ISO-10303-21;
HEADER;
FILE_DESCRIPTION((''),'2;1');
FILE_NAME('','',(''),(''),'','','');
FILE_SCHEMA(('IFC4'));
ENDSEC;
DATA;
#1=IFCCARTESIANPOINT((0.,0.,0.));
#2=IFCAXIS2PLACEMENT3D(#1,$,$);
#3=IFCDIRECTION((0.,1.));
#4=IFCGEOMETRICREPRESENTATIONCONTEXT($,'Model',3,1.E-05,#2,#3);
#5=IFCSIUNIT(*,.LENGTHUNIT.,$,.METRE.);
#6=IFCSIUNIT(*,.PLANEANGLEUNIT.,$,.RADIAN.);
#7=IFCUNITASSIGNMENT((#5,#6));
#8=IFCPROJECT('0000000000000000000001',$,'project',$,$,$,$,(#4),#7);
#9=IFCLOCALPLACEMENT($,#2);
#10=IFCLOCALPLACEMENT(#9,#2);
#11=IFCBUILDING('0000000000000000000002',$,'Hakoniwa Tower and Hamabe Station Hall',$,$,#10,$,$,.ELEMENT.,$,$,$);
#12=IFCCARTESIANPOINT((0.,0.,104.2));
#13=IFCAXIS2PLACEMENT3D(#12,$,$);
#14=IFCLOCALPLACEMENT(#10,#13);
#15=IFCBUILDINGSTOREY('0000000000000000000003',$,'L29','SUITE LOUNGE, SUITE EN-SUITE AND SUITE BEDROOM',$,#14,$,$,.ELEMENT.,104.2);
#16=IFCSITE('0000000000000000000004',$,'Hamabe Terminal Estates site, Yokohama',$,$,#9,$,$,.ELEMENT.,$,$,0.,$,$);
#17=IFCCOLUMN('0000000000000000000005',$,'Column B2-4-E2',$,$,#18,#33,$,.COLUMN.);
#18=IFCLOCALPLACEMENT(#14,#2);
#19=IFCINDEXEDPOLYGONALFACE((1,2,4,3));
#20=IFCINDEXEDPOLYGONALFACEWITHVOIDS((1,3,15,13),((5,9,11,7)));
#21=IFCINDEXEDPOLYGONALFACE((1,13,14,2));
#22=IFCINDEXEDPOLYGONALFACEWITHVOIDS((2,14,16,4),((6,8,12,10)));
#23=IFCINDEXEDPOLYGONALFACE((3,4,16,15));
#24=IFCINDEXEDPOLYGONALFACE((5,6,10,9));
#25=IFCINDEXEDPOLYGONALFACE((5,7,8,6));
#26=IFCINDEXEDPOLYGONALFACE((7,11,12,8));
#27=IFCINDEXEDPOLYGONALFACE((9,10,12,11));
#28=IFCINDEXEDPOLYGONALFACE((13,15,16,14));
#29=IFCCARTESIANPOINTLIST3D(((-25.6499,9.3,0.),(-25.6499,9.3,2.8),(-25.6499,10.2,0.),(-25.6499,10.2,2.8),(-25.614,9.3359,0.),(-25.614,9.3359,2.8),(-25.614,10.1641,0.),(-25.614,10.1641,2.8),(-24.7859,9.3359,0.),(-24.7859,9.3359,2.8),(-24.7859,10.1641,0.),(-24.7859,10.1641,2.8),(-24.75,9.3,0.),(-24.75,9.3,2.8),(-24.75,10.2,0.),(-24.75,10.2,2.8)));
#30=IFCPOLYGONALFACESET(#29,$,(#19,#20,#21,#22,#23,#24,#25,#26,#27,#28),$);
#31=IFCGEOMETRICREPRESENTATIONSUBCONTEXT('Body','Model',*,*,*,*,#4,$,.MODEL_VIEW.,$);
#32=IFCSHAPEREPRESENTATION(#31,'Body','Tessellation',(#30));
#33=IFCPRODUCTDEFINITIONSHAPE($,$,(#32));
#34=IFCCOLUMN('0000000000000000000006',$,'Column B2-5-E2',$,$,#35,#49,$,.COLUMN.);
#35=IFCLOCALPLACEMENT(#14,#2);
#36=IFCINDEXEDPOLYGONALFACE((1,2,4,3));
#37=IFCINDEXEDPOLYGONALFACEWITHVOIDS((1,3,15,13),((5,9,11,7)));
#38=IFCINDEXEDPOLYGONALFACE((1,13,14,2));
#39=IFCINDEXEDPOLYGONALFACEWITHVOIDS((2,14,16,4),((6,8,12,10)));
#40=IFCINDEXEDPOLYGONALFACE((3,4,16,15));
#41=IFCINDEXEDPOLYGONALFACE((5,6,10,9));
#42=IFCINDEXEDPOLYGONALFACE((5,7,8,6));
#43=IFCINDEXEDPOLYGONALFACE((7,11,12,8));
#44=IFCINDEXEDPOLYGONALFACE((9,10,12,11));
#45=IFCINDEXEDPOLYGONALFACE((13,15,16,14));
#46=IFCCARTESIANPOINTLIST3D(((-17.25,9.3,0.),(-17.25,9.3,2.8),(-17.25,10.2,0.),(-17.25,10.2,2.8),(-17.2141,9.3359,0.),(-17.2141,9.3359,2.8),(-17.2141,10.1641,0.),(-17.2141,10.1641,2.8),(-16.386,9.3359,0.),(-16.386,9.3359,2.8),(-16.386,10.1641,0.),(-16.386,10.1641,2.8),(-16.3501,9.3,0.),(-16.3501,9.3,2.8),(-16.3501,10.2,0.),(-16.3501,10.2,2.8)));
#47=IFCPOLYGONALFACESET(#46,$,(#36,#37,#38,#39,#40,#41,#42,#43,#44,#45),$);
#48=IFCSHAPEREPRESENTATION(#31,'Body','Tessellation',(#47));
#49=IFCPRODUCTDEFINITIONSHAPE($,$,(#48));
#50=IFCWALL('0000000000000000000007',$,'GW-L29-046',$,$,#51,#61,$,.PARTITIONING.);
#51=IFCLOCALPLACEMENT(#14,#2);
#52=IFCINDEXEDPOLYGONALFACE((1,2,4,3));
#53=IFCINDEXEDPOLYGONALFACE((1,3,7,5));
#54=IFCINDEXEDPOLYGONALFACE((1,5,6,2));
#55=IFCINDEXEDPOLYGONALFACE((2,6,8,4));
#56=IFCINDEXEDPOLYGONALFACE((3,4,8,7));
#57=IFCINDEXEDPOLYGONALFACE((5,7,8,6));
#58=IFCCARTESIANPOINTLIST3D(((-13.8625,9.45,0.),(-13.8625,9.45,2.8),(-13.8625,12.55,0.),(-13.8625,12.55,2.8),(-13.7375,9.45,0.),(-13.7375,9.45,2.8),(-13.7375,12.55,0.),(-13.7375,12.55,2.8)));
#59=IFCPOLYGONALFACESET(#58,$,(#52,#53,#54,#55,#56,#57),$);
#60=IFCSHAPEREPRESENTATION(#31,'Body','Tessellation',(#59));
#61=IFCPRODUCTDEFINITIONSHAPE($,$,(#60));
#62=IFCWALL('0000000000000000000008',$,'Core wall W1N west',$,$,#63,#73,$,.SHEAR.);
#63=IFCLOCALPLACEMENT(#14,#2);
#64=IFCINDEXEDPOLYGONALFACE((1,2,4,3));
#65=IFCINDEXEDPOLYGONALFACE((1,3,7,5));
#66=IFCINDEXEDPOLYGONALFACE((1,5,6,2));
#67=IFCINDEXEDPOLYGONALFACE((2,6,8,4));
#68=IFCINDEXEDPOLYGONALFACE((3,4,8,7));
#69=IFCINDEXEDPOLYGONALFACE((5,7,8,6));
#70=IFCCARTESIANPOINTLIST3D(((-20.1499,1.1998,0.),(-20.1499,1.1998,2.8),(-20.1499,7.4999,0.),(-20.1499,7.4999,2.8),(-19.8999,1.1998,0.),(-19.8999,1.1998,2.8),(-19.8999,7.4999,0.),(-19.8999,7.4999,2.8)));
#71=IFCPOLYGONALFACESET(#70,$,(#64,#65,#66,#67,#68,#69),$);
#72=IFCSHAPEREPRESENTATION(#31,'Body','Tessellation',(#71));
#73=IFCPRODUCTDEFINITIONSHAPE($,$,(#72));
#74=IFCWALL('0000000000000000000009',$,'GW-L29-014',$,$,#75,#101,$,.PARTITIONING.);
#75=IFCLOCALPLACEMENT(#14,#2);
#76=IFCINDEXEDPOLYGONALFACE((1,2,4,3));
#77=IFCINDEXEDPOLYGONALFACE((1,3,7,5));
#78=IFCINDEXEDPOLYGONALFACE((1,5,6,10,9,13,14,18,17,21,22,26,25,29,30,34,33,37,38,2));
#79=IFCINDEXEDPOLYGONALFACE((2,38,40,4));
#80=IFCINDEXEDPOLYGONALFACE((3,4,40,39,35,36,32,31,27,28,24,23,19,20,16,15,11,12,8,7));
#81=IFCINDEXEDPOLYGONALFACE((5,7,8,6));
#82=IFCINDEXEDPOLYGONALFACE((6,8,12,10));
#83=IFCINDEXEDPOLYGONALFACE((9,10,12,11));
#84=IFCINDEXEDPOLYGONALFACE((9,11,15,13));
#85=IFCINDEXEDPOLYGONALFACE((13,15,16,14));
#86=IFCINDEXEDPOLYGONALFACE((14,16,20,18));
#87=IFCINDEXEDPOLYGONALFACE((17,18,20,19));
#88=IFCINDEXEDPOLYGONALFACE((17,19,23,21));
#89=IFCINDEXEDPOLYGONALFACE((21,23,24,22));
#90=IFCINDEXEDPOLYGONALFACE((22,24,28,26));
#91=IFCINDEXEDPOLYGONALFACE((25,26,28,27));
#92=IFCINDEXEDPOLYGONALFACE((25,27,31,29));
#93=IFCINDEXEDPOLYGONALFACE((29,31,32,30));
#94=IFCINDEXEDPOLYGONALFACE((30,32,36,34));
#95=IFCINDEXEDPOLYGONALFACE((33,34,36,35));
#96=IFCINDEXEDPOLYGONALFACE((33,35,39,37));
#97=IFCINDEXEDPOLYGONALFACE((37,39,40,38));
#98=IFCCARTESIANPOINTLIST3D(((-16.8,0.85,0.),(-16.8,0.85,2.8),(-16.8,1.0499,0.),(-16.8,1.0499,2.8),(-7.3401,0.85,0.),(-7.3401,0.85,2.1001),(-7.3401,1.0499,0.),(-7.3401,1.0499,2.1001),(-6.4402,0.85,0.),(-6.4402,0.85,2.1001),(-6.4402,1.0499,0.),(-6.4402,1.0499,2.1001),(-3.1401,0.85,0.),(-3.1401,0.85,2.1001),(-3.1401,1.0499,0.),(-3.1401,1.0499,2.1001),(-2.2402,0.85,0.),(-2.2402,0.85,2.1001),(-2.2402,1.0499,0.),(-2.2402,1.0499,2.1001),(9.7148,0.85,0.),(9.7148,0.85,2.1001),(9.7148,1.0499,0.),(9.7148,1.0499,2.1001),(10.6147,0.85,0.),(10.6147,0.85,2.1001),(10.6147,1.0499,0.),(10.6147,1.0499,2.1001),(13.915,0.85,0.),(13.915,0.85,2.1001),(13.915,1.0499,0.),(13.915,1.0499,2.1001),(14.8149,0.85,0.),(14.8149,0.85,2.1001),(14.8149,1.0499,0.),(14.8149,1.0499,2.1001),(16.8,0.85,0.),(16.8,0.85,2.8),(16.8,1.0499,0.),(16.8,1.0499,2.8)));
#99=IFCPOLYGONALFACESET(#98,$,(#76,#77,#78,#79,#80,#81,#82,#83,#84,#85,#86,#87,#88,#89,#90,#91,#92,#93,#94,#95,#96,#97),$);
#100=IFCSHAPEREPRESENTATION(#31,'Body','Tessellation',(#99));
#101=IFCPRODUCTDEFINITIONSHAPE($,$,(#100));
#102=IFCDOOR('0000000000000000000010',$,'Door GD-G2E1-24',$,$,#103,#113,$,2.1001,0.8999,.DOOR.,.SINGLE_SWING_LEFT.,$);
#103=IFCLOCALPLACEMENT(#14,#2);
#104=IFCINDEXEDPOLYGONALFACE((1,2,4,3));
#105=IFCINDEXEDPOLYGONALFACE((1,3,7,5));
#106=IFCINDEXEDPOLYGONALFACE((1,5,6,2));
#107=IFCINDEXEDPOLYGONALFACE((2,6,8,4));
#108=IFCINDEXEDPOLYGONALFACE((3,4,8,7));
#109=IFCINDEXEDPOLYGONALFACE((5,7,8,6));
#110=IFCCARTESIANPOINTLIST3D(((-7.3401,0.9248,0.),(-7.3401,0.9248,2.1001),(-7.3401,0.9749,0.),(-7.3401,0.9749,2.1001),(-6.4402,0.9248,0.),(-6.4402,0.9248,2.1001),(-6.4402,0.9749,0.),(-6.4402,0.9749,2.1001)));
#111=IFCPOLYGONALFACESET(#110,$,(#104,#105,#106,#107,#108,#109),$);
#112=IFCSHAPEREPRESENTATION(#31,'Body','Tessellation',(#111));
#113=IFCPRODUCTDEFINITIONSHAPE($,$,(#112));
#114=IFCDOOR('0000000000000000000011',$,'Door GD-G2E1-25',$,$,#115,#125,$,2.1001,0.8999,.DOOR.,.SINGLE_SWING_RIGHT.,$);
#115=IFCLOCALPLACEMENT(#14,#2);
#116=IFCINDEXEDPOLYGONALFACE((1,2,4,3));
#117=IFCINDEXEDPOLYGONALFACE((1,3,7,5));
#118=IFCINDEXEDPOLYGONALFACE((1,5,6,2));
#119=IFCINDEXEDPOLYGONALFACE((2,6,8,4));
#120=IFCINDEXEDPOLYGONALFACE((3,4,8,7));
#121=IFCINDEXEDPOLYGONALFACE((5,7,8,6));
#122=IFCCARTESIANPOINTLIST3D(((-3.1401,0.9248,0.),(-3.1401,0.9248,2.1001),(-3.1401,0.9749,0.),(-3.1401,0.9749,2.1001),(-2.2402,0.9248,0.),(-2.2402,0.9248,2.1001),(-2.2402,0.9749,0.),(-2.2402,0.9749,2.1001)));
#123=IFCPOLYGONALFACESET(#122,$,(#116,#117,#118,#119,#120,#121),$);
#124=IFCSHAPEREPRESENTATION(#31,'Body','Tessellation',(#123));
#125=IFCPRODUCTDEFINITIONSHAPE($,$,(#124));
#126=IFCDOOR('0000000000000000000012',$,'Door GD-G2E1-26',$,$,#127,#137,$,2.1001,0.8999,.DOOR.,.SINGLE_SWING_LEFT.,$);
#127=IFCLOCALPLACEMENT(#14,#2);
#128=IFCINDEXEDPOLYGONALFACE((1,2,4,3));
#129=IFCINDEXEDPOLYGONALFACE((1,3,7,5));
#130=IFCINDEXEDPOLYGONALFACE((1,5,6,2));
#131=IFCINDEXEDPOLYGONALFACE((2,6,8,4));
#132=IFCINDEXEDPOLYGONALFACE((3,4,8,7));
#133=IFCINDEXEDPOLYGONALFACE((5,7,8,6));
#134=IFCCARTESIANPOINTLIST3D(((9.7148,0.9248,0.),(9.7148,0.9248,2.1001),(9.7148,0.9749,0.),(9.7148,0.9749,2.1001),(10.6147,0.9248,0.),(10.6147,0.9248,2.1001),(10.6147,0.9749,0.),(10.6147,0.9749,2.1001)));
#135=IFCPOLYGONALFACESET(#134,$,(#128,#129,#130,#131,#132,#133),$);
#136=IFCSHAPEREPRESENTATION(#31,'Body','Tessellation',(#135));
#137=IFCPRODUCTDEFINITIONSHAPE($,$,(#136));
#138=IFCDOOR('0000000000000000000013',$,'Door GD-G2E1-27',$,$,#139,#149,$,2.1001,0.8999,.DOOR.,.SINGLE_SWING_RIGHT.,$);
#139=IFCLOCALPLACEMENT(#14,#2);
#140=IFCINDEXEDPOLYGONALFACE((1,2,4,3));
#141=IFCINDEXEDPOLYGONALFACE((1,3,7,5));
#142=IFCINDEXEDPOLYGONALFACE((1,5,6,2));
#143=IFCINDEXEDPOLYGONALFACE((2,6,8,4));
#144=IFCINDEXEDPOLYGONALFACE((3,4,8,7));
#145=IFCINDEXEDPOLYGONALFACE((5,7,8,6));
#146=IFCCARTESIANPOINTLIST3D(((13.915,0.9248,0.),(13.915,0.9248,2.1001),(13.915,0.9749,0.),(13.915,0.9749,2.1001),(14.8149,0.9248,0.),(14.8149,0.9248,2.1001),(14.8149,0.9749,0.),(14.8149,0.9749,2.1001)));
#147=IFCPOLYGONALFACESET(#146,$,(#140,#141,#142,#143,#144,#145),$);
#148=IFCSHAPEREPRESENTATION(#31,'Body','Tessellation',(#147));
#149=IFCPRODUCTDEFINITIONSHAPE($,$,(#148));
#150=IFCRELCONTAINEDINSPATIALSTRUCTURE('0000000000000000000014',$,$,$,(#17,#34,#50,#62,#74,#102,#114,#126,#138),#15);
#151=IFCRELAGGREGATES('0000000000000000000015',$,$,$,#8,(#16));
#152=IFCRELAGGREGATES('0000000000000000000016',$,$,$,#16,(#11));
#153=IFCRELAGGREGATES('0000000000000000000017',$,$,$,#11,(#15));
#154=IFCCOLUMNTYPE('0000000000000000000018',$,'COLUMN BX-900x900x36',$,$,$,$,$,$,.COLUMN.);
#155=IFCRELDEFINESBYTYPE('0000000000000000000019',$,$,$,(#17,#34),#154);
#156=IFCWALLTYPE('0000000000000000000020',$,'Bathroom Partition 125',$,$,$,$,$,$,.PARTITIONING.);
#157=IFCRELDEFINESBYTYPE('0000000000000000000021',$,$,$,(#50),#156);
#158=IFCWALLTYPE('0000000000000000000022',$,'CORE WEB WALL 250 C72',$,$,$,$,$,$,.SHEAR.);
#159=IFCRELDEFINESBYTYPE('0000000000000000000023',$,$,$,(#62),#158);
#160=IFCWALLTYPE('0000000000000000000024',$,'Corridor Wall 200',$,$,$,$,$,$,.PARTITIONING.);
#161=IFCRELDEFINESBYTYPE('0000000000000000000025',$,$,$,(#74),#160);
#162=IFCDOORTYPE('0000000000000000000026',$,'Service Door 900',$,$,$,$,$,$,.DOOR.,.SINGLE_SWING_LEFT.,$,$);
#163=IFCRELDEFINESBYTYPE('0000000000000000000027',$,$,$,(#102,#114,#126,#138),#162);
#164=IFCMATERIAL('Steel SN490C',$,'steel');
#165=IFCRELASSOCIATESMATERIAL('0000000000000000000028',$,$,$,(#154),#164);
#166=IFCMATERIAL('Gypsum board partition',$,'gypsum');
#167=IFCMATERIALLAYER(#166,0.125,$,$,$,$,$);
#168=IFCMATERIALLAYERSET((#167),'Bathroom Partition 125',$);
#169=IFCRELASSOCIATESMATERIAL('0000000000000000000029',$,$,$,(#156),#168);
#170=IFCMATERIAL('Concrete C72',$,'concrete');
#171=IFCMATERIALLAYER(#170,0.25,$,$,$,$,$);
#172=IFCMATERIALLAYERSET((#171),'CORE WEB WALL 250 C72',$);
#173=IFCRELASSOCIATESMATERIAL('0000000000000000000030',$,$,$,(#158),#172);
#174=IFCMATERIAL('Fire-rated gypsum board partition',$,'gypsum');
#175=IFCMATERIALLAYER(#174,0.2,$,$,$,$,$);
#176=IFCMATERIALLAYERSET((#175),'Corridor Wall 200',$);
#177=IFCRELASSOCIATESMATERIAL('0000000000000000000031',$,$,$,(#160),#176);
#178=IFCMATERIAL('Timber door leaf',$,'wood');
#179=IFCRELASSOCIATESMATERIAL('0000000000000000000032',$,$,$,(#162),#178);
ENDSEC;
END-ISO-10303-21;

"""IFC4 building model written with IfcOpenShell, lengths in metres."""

from ifc_helpers import new_model, si_unit, direction, frame, frame_2d, origin, origin_2d, place, context, subcontext, project, spatial, rectangle, hollow_rectangle, extrude, material, layer, layer_set, material_profile, profile_set, type_object, element, fill, save


model = new_model("IFC4")

# Units and contexts
model_context = context("Model", 3, precision=1e-05, world=origin(), true_north=direction((0.0, 1.0)))
body_context = subcontext(model_context, "Body", "Model", "MODEL_VIEW")
ifc_project = project(units=[si_unit("LENGTHUNIT", "METRE"), si_unit("PLANEANGLEUNIT", "RADIAN")], contexts=[model_context])

# Site, building, storey
site_placement = place(None, origin())
site = spatial("IfcSite", under=ifc_project, at=site_placement, Name="Hamabe Terminal Estates site, Yokohama", CompositionType="ELEMENT", RefElevation=0.0)
building_placement = place(site_placement, origin())
building = spatial("IfcBuilding", under=site, at=building_placement, Name="Hakoniwa Tower and Hamabe Station Hall", CompositionType="ELEMENT")
storey_placement = place(building_placement, frame((0.0, 0.0, 104.2)))
storey = spatial("IfcBuildingStorey", under=building, at=storey_placement, Name="L29", Description="SUITE LOUNGE, SUITE EN-SUITE AND SUITE BEDROOM", CompositionType="ELEMENT", Elevation=104.2)

# Columns
ifc_material_1 = material(Name="Steel SN490C", Category="steel")
ifc_material_profile = material_profile(ifc_material_1, hollow_rectangle(XDim=0.8999, YDim=0.8999, WallThickness=0.0359, at=origin_2d()), Name="BX-900x900x36")
ifc_profile_set = profile_set([ifc_material_profile], Name="Steel SN490C")
column_type = type_object("IfcColumnType", Name="COLUMN BX-900x900x36", PredefinedType="COLUMN", material=ifc_profile_set)
for number, where, z_axis, x_axis, name in (
    (1, (-25.2, 9.75, 0.0), (0.0, 0.0, 1.0), (1.0, 0.0, 0.0), "Column B2-4-E2"),
    (2, (-16.8, 9.75, 0.0), (0.0, 0.0, 1.0), (1.0, 0.0, 0.0), "Column B2-5-E2"),
):
    element("IfcColumn", number, at=place(storey_placement, frame(where, z_axis=z_axis, x_axis=x_axis)), inside=storey, type_object=column_type, Name=name, PredefinedType="COLUMN", context=body_context, shape_type="SweptSolid", body=[
        extrude(hollow_rectangle(XDim=0.8999, YDim=0.8999, WallThickness=0.0359, at=origin_2d()), origin(), (0.0, 0.0, 1.0), 2.8),
    ])

# Walls
ifc_material_2 = material(Name="Gypsum board partition", Category="gypsum")
ifc_layer_1 = layer(ifc_material_2, 0.125)
ifc_layer_set_1 = layer_set([ifc_layer_1], Name="Bathroom Partition 125")
wall_type_1 = type_object("IfcWallType", Name="Bathroom Partition 125", PredefinedType="PARTITIONING", material=ifc_layer_set_1)
wall_1_placement = place(storey_placement, frame((-13.8, 9.45, 0.0), z_axis=(0.0, 0.0, 1.0), x_axis=(0.0, 1.0, 0.0)))
element("IfcWall", 3, at=wall_1_placement, inside=storey, type_object=wall_type_1, Name="GW-L29-046", PredefinedType="PARTITIONING", context=body_context, shape_type="SweptSolid", body=[
    extrude(rectangle(XDim=3.1001, YDim=0.125, at=frame_2d((1.55, 0.0))), origin(), (0.0, 0.0, 1.0), 2.8),
])
ifc_material_3 = material(Name="Concrete C72", Category="concrete")
ifc_layer_2 = layer(ifc_material_3, 0.25)
ifc_layer_set_2 = layer_set([ifc_layer_2], Name="CORE WEB WALL 250 C72")
wall_type_2 = type_object("IfcWallType", Name="CORE WEB WALL 250 C72", PredefinedType="SHEAR", material=ifc_layer_set_2)
wall_2_placement = place(storey_placement, frame((-20.0249, 1.2, 0.0), z_axis=(0.0, 0.0, 1.0), x_axis=(0.0, 1.0, 0.0)))
element("IfcWall", 4, at=wall_2_placement, inside=storey, type_object=wall_type_2, Name="Core wall W1N west", PredefinedType="SHEAR", context=body_context, shape_type="SweptSolid", body=[
    extrude(rectangle(XDim=6.3, YDim=0.25, at=frame_2d((3.1499, 0.0))), origin(), (0.0, 0.0, 1.0), 2.8),
])

# Wall, openings, doors
ifc_material_4 = material(Name="Fire-rated gypsum board partition", Category="gypsum")
ifc_layer_3 = layer(ifc_material_4, 0.2)
ifc_layer_set_3 = layer_set([ifc_layer_3], Name="Corridor Wall 200")
wall_type_3 = type_object("IfcWallType", Name="Corridor Wall 200", PredefinedType="PARTITIONING", material=ifc_layer_set_3)
wall_3_placement = place(storey_placement, frame((-16.8, 0.95, 0.0), z_axis=(0.0, 0.0, 1.0), x_axis=(1.0, 0.0, 0.0)))
wall_3 = element("IfcWall", 5, at=wall_3_placement, inside=storey, type_object=wall_type_3, Name="GW-L29-014", PredefinedType="PARTITIONING", context=body_context, shape_type="SweptSolid", body=[
    extrude(rectangle(XDim=33.6001, YDim=0.2, at=frame_2d((16.8, 0.0))), origin(), (0.0, 0.0, 1.0), 2.8),
])
opening_1_placement = place(wall_3_placement, frame((9.46, 0.0, 0.0)))
opening_1 = element("IfcOpeningElement", 6, at=opening_1_placement, cuts=wall_3, PredefinedType="OPENING", context=body_context, shape_type="SweptSolid", body=[
    extrude(rectangle(XDim=0.8999, YDim=2.1001, at=frame_2d((0.45, 1.05))), frame((0.0, 0.1099, 0.0), z_axis=(0.0, -1.0, 0.0), x_axis=(1.0, 0.0, 0.0)), (0.0, 0.0, 1.0), 0.22),
])
opening_2_placement = place(wall_3_placement, frame((13.6599, 0.0, 0.0)))
opening_2 = element("IfcOpeningElement", 7, at=opening_2_placement, cuts=wall_3, PredefinedType="OPENING", context=body_context, shape_type="SweptSolid", body=[
    extrude(rectangle(XDim=0.8999, YDim=2.1001, at=frame_2d((0.45, 1.05))), frame((0.0, 0.1099, 0.0), z_axis=(0.0, -1.0, 0.0), x_axis=(1.0, 0.0, 0.0)), (0.0, 0.0, 1.0), 0.22),
])
opening_3_placement = place(wall_3_placement, frame((26.5149, 0.0, 0.0)))
opening_3 = element("IfcOpeningElement", 8, at=opening_3_placement, cuts=wall_3, PredefinedType="OPENING", context=body_context, shape_type="SweptSolid", body=[
    extrude(rectangle(XDim=0.8999, YDim=2.1001, at=frame_2d((0.45, 1.05))), frame((0.0, 0.1099, 0.0), z_axis=(0.0, -1.0, 0.0), x_axis=(1.0, 0.0, 0.0)), (0.0, 0.0, 1.0), 0.22),
])
opening_4_placement = place(wall_3_placement, frame((30.7151, 0.0, 0.0)))
opening_4 = element("IfcOpeningElement", 9, at=opening_4_placement, cuts=wall_3, PredefinedType="OPENING", context=body_context, shape_type="SweptSolid", body=[
    extrude(rectangle(XDim=0.8999, YDim=2.1001, at=frame_2d((0.45, 1.05))), frame((0.0, 0.1099, 0.0), z_axis=(0.0, -1.0, 0.0), x_axis=(1.0, 0.0, 0.0)), (0.0, 0.0, 1.0), 0.22),
])
ifc_material_5 = material(Name="Timber door leaf", Category="wood")
door_type_1 = type_object("IfcDoorType", Name="Service Door 900", OperationType="SINGLE_SWING_LEFT", PredefinedType="DOOR", material=ifc_material_5)
door_1_placement = place(opening_1_placement, origin())
door_1 = element("IfcDoor", 10, at=door_1_placement, inside=storey, type_object=door_type_1, Name="Door GD-G2E1-24", OperationType="SINGLE_SWING_LEFT", OverallHeight=2.1001, OverallWidth=0.8999, PredefinedType="DOOR", context=body_context, shape_type="SweptSolid", body=[
    extrude(rectangle(XDim=0.8999, YDim=2.1001, at=frame_2d((0.45, 1.05))), frame((0.0, 0.0249, 0.0), z_axis=(0.0, -1.0, 0.0), x_axis=(1.0, 0.0, 0.0)), (0.0, 0.0, 1.0), 0.05),
])
fill(opening_1, door_1)
door_2_placement = place(opening_2_placement, origin())
door_2 = element("IfcDoor", 11, at=door_2_placement, inside=storey, type_object=door_type_1, Name="Door GD-G2E1-25", OperationType="SINGLE_SWING_RIGHT", OverallHeight=2.1001, OverallWidth=0.8999, PredefinedType="DOOR", context=body_context, shape_type="SweptSolid", body=[
    extrude(rectangle(XDim=0.8999, YDim=2.1001, at=frame_2d((0.45, 1.05))), frame((0.0, 0.0249, 0.0), z_axis=(0.0, -1.0, 0.0), x_axis=(1.0, 0.0, 0.0)), (0.0, 0.0, 1.0), 0.05),
])
fill(opening_2, door_2)
door_3_placement = place(opening_3_placement, origin())
door_3 = element("IfcDoor", 12, at=door_3_placement, inside=storey, type_object=door_type_1, Name="Door GD-G2E1-26", OperationType="SINGLE_SWING_LEFT", OverallHeight=2.1001, OverallWidth=0.8999, PredefinedType="DOOR", context=body_context, shape_type="SweptSolid", body=[
    extrude(rectangle(XDim=0.8999, YDim=2.1001, at=frame_2d((0.45, 1.05))), frame((0.0, 0.0249, 0.0), z_axis=(0.0, -1.0, 0.0), x_axis=(1.0, 0.0, 0.0)), (0.0, 0.0, 1.0), 0.05),
])
fill(opening_3, door_3)
door_4_placement = place(opening_4_placement, origin())
door_4 = element("IfcDoor", 13, at=door_4_placement, inside=storey, type_object=door_type_1, Name="Door GD-G2E1-27", OperationType="SINGLE_SWING_RIGHT", OverallHeight=2.1001, OverallWidth=0.8999, PredefinedType="DOOR", context=body_context, shape_type="SweptSolid", body=[
    extrude(rectangle(XDim=0.8999, YDim=2.1001, at=frame_2d((0.45, 1.05))), frame((0.0, 0.0249, 0.0), z_axis=(0.0, -1.0, 0.0), x_axis=(1.0, 0.0, 0.0)), (0.0, 0.0, 1.0), 0.05),
])
fill(opening_4, door_4)

save(model, "model.ifc")
